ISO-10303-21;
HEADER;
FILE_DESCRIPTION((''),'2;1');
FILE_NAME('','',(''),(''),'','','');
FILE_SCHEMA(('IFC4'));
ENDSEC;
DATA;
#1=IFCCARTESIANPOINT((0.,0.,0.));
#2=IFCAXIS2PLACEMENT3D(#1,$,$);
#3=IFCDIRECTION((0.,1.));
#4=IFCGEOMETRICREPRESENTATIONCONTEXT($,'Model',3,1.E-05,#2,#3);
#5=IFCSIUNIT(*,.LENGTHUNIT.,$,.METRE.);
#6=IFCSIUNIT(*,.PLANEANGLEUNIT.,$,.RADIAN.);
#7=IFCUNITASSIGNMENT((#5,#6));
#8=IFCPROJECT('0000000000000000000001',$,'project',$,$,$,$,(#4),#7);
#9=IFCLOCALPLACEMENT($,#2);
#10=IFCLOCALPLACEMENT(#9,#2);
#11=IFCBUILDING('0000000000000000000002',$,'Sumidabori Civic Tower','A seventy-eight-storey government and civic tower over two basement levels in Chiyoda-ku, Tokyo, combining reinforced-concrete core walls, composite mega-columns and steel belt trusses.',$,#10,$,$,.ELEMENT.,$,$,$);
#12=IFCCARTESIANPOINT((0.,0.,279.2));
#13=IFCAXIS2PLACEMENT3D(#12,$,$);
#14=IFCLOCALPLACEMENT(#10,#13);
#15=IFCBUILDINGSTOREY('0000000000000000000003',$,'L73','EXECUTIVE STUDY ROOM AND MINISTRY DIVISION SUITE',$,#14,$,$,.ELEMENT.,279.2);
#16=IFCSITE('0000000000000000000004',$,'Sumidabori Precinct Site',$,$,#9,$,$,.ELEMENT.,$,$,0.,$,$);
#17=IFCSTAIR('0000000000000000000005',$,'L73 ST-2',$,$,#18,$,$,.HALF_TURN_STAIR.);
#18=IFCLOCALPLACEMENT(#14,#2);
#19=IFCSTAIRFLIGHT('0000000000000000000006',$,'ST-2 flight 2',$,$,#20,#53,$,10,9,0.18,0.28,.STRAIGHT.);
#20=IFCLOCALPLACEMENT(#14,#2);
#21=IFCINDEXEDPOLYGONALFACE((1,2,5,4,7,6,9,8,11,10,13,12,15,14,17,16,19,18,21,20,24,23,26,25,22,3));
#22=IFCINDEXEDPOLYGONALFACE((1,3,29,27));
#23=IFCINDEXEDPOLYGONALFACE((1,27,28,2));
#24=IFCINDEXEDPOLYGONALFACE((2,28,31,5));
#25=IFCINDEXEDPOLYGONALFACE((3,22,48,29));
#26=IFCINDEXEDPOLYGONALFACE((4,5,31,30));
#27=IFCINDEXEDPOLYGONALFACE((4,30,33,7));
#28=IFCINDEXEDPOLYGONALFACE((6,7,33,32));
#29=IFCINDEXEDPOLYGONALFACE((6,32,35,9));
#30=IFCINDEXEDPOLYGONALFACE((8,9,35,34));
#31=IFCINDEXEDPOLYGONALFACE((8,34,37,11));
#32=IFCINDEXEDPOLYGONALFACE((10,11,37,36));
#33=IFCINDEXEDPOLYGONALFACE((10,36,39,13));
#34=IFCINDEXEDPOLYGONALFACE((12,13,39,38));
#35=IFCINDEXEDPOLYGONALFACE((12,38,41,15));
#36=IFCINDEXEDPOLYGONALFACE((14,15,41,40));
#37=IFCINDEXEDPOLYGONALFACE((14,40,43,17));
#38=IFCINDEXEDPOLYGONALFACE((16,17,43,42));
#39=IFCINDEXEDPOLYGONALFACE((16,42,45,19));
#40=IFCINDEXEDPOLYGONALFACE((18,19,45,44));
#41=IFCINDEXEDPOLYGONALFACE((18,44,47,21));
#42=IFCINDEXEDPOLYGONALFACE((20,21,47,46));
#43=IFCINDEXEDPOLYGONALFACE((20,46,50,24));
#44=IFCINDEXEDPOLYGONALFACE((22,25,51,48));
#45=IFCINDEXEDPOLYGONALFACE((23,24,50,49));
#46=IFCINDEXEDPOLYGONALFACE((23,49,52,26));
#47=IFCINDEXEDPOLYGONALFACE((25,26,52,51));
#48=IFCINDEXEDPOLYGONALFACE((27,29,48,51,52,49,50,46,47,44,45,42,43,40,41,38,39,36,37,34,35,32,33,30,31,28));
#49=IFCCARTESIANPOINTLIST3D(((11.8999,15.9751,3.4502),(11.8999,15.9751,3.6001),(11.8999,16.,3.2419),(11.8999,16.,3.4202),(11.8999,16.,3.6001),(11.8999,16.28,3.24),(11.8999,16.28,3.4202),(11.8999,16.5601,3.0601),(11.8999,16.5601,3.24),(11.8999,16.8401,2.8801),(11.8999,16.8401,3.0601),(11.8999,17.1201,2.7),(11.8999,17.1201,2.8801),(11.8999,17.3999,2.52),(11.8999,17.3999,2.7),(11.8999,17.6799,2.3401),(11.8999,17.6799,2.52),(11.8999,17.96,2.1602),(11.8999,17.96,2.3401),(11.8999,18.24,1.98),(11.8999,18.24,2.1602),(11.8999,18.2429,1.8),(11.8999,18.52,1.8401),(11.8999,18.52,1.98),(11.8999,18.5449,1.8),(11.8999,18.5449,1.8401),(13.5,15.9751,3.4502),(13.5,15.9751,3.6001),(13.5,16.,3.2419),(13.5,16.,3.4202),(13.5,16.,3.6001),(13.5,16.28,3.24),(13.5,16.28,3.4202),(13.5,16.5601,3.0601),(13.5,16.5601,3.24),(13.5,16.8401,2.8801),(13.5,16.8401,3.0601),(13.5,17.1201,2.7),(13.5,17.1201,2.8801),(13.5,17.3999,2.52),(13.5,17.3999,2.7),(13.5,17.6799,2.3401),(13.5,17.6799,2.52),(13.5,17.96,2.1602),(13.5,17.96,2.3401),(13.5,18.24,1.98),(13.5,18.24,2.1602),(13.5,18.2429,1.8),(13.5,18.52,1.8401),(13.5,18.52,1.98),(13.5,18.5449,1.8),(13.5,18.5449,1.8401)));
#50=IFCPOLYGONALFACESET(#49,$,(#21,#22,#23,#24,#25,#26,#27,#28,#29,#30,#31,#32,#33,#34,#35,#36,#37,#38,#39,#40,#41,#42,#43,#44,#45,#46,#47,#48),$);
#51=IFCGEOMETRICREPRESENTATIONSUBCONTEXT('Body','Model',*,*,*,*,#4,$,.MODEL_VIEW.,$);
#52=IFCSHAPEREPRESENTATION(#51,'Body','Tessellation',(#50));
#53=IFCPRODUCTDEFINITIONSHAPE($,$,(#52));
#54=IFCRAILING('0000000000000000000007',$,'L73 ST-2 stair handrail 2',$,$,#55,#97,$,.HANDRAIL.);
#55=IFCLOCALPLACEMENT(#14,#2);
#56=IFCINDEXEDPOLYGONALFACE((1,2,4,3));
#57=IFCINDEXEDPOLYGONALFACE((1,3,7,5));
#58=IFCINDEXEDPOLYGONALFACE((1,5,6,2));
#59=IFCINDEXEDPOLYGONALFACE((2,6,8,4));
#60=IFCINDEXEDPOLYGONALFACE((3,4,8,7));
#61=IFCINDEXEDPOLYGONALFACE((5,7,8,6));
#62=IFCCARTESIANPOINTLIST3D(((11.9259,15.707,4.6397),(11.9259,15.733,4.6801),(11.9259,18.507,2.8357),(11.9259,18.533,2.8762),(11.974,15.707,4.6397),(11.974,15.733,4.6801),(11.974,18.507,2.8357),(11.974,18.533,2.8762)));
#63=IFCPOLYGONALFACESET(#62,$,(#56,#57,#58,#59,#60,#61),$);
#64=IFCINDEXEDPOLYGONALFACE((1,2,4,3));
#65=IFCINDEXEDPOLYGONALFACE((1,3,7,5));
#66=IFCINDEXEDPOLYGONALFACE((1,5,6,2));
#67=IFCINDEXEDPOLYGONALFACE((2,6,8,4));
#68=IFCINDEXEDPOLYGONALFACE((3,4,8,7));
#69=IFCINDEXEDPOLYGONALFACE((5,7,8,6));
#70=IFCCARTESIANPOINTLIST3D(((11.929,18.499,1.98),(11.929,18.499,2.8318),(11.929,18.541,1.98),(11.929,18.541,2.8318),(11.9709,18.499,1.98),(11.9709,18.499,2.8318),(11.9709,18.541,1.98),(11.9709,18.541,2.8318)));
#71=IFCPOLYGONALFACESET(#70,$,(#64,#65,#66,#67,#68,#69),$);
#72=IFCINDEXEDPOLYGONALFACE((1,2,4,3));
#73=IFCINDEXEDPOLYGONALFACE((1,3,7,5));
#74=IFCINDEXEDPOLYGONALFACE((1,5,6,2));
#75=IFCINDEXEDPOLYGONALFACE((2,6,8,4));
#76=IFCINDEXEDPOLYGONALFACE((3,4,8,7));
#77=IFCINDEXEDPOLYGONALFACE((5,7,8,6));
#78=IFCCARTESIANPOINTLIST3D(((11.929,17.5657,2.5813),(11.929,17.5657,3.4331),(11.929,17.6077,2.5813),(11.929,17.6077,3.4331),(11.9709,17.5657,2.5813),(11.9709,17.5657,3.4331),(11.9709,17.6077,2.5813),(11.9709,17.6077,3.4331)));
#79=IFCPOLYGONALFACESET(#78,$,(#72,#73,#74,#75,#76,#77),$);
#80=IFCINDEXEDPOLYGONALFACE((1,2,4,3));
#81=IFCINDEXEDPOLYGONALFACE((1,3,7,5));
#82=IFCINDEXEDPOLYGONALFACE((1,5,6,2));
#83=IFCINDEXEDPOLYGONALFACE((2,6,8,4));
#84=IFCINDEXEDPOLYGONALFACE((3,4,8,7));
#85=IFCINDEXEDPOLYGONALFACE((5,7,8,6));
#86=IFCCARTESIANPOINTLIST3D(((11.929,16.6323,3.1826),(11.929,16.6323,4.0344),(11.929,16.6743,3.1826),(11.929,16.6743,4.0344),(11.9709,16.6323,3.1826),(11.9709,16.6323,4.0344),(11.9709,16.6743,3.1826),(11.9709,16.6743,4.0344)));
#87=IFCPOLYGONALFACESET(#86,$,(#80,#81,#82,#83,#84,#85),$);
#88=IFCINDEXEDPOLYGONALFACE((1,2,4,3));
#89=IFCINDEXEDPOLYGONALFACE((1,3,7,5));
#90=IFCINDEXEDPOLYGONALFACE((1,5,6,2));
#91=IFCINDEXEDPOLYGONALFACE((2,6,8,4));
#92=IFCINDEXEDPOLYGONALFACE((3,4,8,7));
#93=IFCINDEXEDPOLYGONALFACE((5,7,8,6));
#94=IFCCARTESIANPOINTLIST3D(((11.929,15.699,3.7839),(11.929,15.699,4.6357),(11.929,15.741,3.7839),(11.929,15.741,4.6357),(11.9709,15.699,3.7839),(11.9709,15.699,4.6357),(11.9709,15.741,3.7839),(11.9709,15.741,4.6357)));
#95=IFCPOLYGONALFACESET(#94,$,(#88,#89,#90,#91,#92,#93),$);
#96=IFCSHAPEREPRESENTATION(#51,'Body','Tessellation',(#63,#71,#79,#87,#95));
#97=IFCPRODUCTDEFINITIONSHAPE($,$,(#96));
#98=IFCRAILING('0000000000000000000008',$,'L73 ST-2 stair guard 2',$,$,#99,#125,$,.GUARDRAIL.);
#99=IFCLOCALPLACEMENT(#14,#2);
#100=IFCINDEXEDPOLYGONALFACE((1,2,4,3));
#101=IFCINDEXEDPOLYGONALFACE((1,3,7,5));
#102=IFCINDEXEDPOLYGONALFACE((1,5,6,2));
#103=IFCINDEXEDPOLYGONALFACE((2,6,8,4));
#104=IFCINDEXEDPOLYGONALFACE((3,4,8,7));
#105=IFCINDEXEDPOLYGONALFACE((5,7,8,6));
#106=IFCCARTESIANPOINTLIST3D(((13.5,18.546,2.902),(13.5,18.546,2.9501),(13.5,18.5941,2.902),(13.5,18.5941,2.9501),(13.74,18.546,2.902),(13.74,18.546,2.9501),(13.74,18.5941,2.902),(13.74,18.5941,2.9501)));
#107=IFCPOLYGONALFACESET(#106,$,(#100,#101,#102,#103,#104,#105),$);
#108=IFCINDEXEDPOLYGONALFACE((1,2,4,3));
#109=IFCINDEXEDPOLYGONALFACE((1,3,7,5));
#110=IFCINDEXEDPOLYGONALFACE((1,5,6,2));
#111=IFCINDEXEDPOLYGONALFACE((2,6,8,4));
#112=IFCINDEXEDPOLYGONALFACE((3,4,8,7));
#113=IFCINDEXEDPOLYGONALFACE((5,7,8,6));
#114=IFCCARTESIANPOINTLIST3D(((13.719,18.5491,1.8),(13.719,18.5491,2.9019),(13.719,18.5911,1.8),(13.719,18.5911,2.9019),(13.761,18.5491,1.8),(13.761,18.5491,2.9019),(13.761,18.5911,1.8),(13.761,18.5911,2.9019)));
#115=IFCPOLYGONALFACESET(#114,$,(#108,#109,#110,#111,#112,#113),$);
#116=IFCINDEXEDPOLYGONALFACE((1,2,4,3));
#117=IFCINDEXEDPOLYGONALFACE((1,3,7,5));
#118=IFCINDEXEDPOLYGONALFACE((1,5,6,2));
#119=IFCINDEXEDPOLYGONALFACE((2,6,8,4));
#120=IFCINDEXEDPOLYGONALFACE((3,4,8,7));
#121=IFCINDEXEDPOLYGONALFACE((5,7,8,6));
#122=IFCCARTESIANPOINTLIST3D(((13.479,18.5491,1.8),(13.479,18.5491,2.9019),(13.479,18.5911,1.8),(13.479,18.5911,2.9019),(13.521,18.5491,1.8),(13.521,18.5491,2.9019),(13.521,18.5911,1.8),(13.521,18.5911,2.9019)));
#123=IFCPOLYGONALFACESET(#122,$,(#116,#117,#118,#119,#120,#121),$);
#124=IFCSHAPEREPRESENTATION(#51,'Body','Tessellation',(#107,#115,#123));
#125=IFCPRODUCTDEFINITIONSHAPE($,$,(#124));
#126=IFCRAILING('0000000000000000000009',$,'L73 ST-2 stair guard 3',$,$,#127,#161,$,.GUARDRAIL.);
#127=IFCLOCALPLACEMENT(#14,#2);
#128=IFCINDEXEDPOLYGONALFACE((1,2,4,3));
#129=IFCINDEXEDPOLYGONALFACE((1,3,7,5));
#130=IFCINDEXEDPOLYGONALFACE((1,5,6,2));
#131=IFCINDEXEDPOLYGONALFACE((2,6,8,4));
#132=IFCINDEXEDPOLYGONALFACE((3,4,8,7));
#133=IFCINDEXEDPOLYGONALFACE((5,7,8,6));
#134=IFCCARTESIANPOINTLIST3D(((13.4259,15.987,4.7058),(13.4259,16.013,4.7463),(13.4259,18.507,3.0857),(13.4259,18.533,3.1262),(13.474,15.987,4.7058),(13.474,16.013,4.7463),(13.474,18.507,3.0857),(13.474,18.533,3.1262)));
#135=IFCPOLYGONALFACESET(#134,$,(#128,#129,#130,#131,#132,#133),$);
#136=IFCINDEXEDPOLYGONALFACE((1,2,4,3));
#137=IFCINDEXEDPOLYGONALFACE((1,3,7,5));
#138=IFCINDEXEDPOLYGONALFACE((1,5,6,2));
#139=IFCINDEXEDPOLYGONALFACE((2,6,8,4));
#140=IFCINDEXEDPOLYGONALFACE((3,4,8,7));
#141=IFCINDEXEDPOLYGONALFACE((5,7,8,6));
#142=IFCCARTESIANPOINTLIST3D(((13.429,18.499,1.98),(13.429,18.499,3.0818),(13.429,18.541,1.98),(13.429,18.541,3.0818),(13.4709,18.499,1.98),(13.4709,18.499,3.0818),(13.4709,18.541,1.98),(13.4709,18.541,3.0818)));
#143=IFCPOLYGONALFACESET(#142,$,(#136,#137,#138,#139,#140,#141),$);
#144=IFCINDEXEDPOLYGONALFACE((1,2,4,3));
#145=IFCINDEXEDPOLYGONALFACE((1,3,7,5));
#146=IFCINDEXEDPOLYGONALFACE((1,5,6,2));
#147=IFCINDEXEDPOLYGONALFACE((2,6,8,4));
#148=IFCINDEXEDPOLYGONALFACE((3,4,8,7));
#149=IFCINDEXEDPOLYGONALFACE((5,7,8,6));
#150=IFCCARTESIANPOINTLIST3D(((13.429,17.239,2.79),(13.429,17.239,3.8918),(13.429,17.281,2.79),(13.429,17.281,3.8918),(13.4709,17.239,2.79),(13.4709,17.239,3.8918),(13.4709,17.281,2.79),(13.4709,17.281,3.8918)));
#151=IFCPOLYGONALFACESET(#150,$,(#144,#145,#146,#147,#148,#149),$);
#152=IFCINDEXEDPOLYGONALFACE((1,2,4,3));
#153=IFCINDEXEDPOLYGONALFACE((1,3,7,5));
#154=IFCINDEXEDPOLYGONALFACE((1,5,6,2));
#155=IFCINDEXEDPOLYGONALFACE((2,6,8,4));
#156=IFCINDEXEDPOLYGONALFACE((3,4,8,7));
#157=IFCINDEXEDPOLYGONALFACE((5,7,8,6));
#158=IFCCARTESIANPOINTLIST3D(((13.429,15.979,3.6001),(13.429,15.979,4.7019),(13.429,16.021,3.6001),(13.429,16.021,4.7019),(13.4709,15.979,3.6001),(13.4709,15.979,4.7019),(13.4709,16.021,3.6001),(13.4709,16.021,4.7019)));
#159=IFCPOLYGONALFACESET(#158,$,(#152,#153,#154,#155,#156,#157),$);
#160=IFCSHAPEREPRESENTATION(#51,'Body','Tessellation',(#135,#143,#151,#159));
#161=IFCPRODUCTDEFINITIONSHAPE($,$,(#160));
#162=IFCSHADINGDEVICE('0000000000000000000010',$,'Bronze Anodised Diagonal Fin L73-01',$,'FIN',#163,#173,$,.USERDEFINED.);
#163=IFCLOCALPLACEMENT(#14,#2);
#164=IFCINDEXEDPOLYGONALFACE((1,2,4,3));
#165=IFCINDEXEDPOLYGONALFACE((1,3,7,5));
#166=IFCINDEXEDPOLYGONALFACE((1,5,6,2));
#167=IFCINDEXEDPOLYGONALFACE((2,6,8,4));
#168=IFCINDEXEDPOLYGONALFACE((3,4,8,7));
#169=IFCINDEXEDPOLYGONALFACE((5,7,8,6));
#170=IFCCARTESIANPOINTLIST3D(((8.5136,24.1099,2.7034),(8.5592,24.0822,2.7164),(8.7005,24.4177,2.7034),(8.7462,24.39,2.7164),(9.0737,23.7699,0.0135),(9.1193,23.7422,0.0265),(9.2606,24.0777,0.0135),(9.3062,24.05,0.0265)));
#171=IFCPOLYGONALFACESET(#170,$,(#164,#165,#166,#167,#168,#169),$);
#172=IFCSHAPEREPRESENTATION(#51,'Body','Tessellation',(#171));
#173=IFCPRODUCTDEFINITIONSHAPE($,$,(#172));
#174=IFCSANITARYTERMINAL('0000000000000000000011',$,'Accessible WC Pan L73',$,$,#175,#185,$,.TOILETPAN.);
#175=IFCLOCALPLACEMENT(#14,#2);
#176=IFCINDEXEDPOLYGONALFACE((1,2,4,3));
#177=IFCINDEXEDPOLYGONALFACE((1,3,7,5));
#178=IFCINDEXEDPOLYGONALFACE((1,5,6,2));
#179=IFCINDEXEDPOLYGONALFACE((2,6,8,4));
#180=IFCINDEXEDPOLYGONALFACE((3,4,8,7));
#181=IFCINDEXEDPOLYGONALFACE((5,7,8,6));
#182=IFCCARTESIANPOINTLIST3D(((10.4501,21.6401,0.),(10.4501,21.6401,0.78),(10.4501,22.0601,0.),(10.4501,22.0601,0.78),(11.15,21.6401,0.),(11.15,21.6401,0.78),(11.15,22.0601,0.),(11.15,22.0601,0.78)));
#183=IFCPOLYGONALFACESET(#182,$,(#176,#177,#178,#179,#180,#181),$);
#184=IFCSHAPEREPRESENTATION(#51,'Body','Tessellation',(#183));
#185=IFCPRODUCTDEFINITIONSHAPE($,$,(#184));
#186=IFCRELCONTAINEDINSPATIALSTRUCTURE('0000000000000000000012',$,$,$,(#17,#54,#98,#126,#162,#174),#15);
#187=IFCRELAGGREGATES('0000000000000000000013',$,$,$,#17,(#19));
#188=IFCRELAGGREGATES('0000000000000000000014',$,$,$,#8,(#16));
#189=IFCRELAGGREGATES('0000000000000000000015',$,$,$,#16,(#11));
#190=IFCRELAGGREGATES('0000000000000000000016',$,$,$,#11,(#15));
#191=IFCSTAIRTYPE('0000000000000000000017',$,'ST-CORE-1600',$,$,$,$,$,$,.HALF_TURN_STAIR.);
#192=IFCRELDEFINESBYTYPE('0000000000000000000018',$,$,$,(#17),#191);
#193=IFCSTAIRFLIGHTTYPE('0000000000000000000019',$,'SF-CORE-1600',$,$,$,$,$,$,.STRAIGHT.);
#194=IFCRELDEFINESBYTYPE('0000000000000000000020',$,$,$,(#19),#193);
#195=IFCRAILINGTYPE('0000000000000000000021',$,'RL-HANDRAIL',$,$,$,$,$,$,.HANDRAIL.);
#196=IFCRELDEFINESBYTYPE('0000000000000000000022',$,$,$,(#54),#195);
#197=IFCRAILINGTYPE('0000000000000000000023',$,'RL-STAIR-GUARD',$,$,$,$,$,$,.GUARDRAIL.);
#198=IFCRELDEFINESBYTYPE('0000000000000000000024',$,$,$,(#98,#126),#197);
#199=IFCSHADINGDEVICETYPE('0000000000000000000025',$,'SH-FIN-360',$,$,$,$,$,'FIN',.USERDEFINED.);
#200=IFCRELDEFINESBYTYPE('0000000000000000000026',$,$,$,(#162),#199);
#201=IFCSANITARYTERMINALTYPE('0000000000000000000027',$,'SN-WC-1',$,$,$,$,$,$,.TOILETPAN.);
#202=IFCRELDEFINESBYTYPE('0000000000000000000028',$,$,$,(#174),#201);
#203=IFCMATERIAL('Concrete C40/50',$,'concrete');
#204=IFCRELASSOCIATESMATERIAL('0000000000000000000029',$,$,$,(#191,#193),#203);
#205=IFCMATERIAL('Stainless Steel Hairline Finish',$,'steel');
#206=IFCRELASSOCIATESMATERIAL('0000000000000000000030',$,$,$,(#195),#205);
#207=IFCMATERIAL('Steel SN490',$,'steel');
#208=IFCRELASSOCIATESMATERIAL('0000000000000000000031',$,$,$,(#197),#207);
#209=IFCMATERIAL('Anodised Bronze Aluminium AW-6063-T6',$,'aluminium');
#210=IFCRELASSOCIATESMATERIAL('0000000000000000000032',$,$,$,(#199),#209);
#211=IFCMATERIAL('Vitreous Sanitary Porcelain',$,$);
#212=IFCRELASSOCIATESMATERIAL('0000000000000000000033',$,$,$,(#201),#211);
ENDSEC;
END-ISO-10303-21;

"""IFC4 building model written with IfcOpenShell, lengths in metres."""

from ifc_helpers import new_model, si_unit, direction, frame, origin, origin_2d, place, context, subcontext, project, spatial, polyline, rectangle, outline, extrude, source, transform, mapped, material, material_profile, profile_set, type_object, element, aggregate, save


model = new_model("IFC4")

# Units and contexts
model_context = context("Model", 3, precision=1e-05, world=origin(), true_north=direction((0.0, 1.0)))
body_context = subcontext(model_context, "Body", "Model", "MODEL_VIEW")
ifc_project = project(units=[si_unit("LENGTHUNIT", "METRE"), si_unit("PLANEANGLEUNIT", "RADIAN")], contexts=[model_context])

# Site, building, storey
site_placement = place(None, origin())
site = spatial("IfcSite", under=ifc_project, at=site_placement, Name="Sumidabori Precinct Site", CompositionType="ELEMENT", RefElevation=0.0)
building_placement = place(site_placement, origin())
building = spatial("IfcBuilding", under=site, at=building_placement, Name="Sumidabori Civic Tower", Description="A seventy-eight-storey government and civic tower over two basement levels in Chiyoda-ku, Tokyo, combining reinforced-concrete core walls, composite mega-columns and steel belt trusses.", CompositionType="ELEMENT")
storey_placement = place(building_placement, frame((0.0, 0.0, 279.2)))
storey = spatial("IfcBuildingStorey", under=building, at=storey_placement, Name="L73", Description="EXECUTIVE STUDY ROOM AND MINISTRY DIVISION SUITE", CompositionType="ELEMENT", Elevation=279.2)

# Shared definitions
ifc_material_1 = material(Name="Steel SN490", Category="steel")

# Shared definitions
ifc_material_2 = material(Name="Anodised Bronze Aluminium AW-6063-T6", Category="aluminium")

# Stair, stair flight
ifc_material_3 = material(Name="Concrete C40/50", Category="concrete")
stair_type = type_object("IfcStairType", Name="ST-CORE-1600", PredefinedType="HALF_TURN_STAIR", material=ifc_material_3)
stair_placement = place(storey_placement, origin())
stair = element("IfcStair", 1, at=stair_placement, inside=storey, type_object=stair_type, Name="L73 ST-2", PredefinedType="HALF_TURN_STAIR")
stair_flight_type = type_object("IfcStairFlightType", Name="SF-CORE-1600", PredefinedType="STRAIGHT", material=ifc_material_3)
shared_shape_1 = source(origin(), body_context, "Body", "SweptSolid", [
    extrude(outline(polyline([(-0.0249, 0.0), (-0.0249, 0.04), (0.0, 0.04), (0.0, 0.1799), (0.28, 0.1799), (0.28, 0.3601), (0.5601, 0.3601), (0.5601, 0.54), (0.8401, 0.54), (0.8401, 0.72), (1.1201, 0.72), (1.1201, 0.8999), (1.3999, 0.8999), (1.3999, 1.0801), (1.6799, 1.0801), (1.6799, 1.26), (1.96, 1.26), (1.96, 1.4399), (2.24, 1.4399), (2.24, 1.6201), (2.52, 1.6201), (2.52, 1.8), (2.5449, 1.8), (2.5449, 1.6501), (2.52, 1.4419), (0.2771, 0.0), (-0.0249, 0.0)])), frame((0.0, 0.8, 0.0), z_axis=(0.0, -1.0, 0.0), x_axis=(1.0, 0.0, 0.0)), (0.0, 0.0, 1.0), 1.6001),
])
stair_flight_placement = place(storey_placement, frame((12.7, 18.52, 1.8), z_axis=(0.0, 0.0, 1.0), x_axis=(0.0, -1.0, 0.0)))
stair_flight = element("IfcStairFlight", 2, at=stair_flight_placement, type_object=stair_flight_type, Name="ST-2 flight 2", NumberOfRisers=10, NumberOfTreads=9, PredefinedType="STRAIGHT", RiserHeight=0.18, TreadLength=0.28, context=body_context, shape_type="MappedRepresentation", body=[
    mapped(shared_shape_1, transform((0.0, 0.0, 0.0), x_axis=(1.0, 0.0, 0.0), y_axis=(0.0, 1.0, 0.0), z_axis=(0.0, 0.0, 1.0), scale=1.0)),
])
aggregate(stair, [stair_flight])

# Railings
ifc_material_4 = material(Name="Stainless Steel Hairline Finish", Category="steel")
railing_type_1 = type_object("IfcRailingType", Name="RL-HANDRAIL", PredefinedType="HANDRAIL", material=ifc_material_4)
railing_1_placement = place(storey_placement, frame((11.95, 18.52, 1.98)))
element("IfcRailing", 3, at=railing_1_placement, inside=storey, type_object=railing_type_1, Name="L73 ST-2 stair handrail 2", PredefinedType="HANDRAIL", context=body_context, shape_type="SweptSolid", body=[
    extrude(rectangle(XDim=0.0481, YDim=0.0481, at=origin_2d()), frame((0.0, 0.0, 0.876), z_axis=(0.0, -0.840642, 0.541591), x_axis=(1.0, 0.0, 0.0)), (0.0, 0.0, 1.0), 3.3308),
    extrude(rectangle(XDim=0.042, YDim=0.042, at=origin_2d()), origin(), (0.0, 0.0, 1.0), 0.8518),
    extrude(rectangle(XDim=0.042, YDim=0.042, at=origin_2d()), frame((0.0, -0.9333, 0.6013)), (0.0, 0.0, 1.0), 0.8518),
    extrude(rectangle(XDim=0.042, YDim=0.042, at=origin_2d()), frame((0.0, -1.8667, 1.2026)), (0.0, 0.0, 1.0), 0.8518),
    extrude(rectangle(XDim=0.042, YDim=0.042, at=origin_2d()), frame((0.0, -2.8, 1.804)), (0.0, 0.0, 1.0), 0.8518),
])
railing_type_2 = type_object("IfcRailingType", Name="RL-STAIR-GUARD", PredefinedType="GUARDRAIL", material=ifc_material_1)
railing_2_placement = place(storey_placement, frame((13.74, 18.5701, 1.8)))
element("IfcRailing", 4, at=railing_2_placement, inside=storey, type_object=railing_type_2, Name="L73 ST-2 stair guard 2", PredefinedType="GUARDRAIL", context=body_context, shape_type="SweptSolid", body=[
    extrude(rectangle(XDim=0.0481, YDim=0.0481, at=origin_2d()), frame((0.0, 0.0, 1.126), z_axis=(-1.0, 0.0, 0.0), x_axis=(0.0, -1.0, 0.0)), (0.0, 0.0, 1.0), 0.24),
    extrude(rectangle(XDim=0.042, YDim=0.042, at=origin_2d()), origin(), (0.0, 0.0, 1.0), 1.1018),
    extrude(rectangle(XDim=0.042, YDim=0.042, at=origin_2d()), frame((-0.24, 0.0, 0.0)), (0.0, 0.0, 1.0), 1.1018),
])
railing_3_placement = place(storey_placement, frame((13.45, 18.52, 1.98)))
element("IfcRailing", 5, at=railing_3_placement, inside=storey, type_object=railing_type_2, Name="L73 ST-2 stair guard 3", PredefinedType="GUARDRAIL", context=body_context, shape_type="SweptSolid", body=[
    extrude(rectangle(XDim=0.0481, YDim=0.0481, at=origin_2d()), frame((0.0, 0.0, 1.126), z_axis=(0.0, -0.841163, 0.540782), x_axis=(1.0, 0.0, 0.0)), (0.0, 0.0, 1.0), 2.9958),
    extrude(rectangle(XDim=0.042, YDim=0.042, at=origin_2d()), origin(), (0.0, 0.0, 1.0), 1.1018),
    extrude(rectangle(XDim=0.042, YDim=0.042, at=origin_2d()), frame((0.0, -1.26, 0.8101)), (0.0, 0.0, 1.0), 1.1018),
    extrude(rectangle(XDim=0.042, YDim=0.042, at=origin_2d()), frame((0.0, -2.52, 1.6201)), (0.0, 0.0, 1.0), 1.1018),
])

# Shading device
ifc_material_profile_1 = material_profile(ifc_material_2, rectangle(XDim=0.0549, YDim=0.3601, at=origin_2d()), Name="BRONZE FIN 360x55")
ifc_profile_set_1 = profile_set([ifc_material_profile_1], Name="Anodised Bronze Aluminium AW-6063-T6")
shading_device_type = type_object("IfcShadingDeviceType", Name="SH-FIN-360", ElementType="FIN", PredefinedType="USERDEFINED", material=ifc_profile_set_1)
shared_shape_2 = source(origin(), body_context, "Body", "SweptSolid", [
    extrude(rectangle(XDim=0.0549, YDim=0.3601, at=origin_2d()), origin(), (0.0, 0.0, 1.0), 2.7686),
])
shading_device_placement = place(storey_placement, frame((9.1899, 23.9099, 0.02), z_axis=(-0.20229, 0.122838, 0.971591), x_axis=(0.83047, -0.504291, 0.236665)))
element("IfcShadingDevice", 6, at=shading_device_placement, inside=storey, type_object=shading_device_type, Name="Bronze Anodised Diagonal Fin L73-01", ObjectType="FIN", PredefinedType="USERDEFINED", context=body_context, shape_type="MappedRepresentation", body=[
    mapped(shared_shape_2, transform((0.0, 0.0, 0.0), x_axis=(1.0, 0.0, 0.0), y_axis=(0.0, 1.0, 0.0), z_axis=(0.0, 0.0, 1.0), scale=1.0)),
])

# Sanitary terminal
ifc_material_5 = material(Name="Vitreous Sanitary Porcelain")
sanitary_terminal_type_1 = type_object("IfcSanitaryTerminalType", Name="SN-WC-1", PredefinedType="TOILETPAN", material=ifc_material_5)
shared_shape_3 = source(origin(), body_context, "Body", "SweptSolid", [
    extrude(rectangle(XDim=0.7, YDim=0.4199, at=origin_2d()), origin(), (0.0, 0.0, 1.0), 0.78),
])
sanitary_terminal_1_placement = place(storey_placement, frame((10.8, 21.8501, 0.0), z_axis=(0.0, 0.0, 1.0), x_axis=(1.0, 0.0, 0.0)))
element("IfcSanitaryTerminal", 7, at=sanitary_terminal_1_placement, inside=storey, type_object=sanitary_terminal_type_1, Name="Accessible WC Pan L73", PredefinedType="TOILETPAN", context=body_context, shape_type="MappedRepresentation", body=[
    mapped(shared_shape_3, transform((0.0, 0.0, 0.0), x_axis=(1.0, 0.0, 0.0), y_axis=(0.0, 1.0, 0.0), z_axis=(0.0, 0.0, 1.0), scale=1.0)),
])

save(model, "model.ifc")
